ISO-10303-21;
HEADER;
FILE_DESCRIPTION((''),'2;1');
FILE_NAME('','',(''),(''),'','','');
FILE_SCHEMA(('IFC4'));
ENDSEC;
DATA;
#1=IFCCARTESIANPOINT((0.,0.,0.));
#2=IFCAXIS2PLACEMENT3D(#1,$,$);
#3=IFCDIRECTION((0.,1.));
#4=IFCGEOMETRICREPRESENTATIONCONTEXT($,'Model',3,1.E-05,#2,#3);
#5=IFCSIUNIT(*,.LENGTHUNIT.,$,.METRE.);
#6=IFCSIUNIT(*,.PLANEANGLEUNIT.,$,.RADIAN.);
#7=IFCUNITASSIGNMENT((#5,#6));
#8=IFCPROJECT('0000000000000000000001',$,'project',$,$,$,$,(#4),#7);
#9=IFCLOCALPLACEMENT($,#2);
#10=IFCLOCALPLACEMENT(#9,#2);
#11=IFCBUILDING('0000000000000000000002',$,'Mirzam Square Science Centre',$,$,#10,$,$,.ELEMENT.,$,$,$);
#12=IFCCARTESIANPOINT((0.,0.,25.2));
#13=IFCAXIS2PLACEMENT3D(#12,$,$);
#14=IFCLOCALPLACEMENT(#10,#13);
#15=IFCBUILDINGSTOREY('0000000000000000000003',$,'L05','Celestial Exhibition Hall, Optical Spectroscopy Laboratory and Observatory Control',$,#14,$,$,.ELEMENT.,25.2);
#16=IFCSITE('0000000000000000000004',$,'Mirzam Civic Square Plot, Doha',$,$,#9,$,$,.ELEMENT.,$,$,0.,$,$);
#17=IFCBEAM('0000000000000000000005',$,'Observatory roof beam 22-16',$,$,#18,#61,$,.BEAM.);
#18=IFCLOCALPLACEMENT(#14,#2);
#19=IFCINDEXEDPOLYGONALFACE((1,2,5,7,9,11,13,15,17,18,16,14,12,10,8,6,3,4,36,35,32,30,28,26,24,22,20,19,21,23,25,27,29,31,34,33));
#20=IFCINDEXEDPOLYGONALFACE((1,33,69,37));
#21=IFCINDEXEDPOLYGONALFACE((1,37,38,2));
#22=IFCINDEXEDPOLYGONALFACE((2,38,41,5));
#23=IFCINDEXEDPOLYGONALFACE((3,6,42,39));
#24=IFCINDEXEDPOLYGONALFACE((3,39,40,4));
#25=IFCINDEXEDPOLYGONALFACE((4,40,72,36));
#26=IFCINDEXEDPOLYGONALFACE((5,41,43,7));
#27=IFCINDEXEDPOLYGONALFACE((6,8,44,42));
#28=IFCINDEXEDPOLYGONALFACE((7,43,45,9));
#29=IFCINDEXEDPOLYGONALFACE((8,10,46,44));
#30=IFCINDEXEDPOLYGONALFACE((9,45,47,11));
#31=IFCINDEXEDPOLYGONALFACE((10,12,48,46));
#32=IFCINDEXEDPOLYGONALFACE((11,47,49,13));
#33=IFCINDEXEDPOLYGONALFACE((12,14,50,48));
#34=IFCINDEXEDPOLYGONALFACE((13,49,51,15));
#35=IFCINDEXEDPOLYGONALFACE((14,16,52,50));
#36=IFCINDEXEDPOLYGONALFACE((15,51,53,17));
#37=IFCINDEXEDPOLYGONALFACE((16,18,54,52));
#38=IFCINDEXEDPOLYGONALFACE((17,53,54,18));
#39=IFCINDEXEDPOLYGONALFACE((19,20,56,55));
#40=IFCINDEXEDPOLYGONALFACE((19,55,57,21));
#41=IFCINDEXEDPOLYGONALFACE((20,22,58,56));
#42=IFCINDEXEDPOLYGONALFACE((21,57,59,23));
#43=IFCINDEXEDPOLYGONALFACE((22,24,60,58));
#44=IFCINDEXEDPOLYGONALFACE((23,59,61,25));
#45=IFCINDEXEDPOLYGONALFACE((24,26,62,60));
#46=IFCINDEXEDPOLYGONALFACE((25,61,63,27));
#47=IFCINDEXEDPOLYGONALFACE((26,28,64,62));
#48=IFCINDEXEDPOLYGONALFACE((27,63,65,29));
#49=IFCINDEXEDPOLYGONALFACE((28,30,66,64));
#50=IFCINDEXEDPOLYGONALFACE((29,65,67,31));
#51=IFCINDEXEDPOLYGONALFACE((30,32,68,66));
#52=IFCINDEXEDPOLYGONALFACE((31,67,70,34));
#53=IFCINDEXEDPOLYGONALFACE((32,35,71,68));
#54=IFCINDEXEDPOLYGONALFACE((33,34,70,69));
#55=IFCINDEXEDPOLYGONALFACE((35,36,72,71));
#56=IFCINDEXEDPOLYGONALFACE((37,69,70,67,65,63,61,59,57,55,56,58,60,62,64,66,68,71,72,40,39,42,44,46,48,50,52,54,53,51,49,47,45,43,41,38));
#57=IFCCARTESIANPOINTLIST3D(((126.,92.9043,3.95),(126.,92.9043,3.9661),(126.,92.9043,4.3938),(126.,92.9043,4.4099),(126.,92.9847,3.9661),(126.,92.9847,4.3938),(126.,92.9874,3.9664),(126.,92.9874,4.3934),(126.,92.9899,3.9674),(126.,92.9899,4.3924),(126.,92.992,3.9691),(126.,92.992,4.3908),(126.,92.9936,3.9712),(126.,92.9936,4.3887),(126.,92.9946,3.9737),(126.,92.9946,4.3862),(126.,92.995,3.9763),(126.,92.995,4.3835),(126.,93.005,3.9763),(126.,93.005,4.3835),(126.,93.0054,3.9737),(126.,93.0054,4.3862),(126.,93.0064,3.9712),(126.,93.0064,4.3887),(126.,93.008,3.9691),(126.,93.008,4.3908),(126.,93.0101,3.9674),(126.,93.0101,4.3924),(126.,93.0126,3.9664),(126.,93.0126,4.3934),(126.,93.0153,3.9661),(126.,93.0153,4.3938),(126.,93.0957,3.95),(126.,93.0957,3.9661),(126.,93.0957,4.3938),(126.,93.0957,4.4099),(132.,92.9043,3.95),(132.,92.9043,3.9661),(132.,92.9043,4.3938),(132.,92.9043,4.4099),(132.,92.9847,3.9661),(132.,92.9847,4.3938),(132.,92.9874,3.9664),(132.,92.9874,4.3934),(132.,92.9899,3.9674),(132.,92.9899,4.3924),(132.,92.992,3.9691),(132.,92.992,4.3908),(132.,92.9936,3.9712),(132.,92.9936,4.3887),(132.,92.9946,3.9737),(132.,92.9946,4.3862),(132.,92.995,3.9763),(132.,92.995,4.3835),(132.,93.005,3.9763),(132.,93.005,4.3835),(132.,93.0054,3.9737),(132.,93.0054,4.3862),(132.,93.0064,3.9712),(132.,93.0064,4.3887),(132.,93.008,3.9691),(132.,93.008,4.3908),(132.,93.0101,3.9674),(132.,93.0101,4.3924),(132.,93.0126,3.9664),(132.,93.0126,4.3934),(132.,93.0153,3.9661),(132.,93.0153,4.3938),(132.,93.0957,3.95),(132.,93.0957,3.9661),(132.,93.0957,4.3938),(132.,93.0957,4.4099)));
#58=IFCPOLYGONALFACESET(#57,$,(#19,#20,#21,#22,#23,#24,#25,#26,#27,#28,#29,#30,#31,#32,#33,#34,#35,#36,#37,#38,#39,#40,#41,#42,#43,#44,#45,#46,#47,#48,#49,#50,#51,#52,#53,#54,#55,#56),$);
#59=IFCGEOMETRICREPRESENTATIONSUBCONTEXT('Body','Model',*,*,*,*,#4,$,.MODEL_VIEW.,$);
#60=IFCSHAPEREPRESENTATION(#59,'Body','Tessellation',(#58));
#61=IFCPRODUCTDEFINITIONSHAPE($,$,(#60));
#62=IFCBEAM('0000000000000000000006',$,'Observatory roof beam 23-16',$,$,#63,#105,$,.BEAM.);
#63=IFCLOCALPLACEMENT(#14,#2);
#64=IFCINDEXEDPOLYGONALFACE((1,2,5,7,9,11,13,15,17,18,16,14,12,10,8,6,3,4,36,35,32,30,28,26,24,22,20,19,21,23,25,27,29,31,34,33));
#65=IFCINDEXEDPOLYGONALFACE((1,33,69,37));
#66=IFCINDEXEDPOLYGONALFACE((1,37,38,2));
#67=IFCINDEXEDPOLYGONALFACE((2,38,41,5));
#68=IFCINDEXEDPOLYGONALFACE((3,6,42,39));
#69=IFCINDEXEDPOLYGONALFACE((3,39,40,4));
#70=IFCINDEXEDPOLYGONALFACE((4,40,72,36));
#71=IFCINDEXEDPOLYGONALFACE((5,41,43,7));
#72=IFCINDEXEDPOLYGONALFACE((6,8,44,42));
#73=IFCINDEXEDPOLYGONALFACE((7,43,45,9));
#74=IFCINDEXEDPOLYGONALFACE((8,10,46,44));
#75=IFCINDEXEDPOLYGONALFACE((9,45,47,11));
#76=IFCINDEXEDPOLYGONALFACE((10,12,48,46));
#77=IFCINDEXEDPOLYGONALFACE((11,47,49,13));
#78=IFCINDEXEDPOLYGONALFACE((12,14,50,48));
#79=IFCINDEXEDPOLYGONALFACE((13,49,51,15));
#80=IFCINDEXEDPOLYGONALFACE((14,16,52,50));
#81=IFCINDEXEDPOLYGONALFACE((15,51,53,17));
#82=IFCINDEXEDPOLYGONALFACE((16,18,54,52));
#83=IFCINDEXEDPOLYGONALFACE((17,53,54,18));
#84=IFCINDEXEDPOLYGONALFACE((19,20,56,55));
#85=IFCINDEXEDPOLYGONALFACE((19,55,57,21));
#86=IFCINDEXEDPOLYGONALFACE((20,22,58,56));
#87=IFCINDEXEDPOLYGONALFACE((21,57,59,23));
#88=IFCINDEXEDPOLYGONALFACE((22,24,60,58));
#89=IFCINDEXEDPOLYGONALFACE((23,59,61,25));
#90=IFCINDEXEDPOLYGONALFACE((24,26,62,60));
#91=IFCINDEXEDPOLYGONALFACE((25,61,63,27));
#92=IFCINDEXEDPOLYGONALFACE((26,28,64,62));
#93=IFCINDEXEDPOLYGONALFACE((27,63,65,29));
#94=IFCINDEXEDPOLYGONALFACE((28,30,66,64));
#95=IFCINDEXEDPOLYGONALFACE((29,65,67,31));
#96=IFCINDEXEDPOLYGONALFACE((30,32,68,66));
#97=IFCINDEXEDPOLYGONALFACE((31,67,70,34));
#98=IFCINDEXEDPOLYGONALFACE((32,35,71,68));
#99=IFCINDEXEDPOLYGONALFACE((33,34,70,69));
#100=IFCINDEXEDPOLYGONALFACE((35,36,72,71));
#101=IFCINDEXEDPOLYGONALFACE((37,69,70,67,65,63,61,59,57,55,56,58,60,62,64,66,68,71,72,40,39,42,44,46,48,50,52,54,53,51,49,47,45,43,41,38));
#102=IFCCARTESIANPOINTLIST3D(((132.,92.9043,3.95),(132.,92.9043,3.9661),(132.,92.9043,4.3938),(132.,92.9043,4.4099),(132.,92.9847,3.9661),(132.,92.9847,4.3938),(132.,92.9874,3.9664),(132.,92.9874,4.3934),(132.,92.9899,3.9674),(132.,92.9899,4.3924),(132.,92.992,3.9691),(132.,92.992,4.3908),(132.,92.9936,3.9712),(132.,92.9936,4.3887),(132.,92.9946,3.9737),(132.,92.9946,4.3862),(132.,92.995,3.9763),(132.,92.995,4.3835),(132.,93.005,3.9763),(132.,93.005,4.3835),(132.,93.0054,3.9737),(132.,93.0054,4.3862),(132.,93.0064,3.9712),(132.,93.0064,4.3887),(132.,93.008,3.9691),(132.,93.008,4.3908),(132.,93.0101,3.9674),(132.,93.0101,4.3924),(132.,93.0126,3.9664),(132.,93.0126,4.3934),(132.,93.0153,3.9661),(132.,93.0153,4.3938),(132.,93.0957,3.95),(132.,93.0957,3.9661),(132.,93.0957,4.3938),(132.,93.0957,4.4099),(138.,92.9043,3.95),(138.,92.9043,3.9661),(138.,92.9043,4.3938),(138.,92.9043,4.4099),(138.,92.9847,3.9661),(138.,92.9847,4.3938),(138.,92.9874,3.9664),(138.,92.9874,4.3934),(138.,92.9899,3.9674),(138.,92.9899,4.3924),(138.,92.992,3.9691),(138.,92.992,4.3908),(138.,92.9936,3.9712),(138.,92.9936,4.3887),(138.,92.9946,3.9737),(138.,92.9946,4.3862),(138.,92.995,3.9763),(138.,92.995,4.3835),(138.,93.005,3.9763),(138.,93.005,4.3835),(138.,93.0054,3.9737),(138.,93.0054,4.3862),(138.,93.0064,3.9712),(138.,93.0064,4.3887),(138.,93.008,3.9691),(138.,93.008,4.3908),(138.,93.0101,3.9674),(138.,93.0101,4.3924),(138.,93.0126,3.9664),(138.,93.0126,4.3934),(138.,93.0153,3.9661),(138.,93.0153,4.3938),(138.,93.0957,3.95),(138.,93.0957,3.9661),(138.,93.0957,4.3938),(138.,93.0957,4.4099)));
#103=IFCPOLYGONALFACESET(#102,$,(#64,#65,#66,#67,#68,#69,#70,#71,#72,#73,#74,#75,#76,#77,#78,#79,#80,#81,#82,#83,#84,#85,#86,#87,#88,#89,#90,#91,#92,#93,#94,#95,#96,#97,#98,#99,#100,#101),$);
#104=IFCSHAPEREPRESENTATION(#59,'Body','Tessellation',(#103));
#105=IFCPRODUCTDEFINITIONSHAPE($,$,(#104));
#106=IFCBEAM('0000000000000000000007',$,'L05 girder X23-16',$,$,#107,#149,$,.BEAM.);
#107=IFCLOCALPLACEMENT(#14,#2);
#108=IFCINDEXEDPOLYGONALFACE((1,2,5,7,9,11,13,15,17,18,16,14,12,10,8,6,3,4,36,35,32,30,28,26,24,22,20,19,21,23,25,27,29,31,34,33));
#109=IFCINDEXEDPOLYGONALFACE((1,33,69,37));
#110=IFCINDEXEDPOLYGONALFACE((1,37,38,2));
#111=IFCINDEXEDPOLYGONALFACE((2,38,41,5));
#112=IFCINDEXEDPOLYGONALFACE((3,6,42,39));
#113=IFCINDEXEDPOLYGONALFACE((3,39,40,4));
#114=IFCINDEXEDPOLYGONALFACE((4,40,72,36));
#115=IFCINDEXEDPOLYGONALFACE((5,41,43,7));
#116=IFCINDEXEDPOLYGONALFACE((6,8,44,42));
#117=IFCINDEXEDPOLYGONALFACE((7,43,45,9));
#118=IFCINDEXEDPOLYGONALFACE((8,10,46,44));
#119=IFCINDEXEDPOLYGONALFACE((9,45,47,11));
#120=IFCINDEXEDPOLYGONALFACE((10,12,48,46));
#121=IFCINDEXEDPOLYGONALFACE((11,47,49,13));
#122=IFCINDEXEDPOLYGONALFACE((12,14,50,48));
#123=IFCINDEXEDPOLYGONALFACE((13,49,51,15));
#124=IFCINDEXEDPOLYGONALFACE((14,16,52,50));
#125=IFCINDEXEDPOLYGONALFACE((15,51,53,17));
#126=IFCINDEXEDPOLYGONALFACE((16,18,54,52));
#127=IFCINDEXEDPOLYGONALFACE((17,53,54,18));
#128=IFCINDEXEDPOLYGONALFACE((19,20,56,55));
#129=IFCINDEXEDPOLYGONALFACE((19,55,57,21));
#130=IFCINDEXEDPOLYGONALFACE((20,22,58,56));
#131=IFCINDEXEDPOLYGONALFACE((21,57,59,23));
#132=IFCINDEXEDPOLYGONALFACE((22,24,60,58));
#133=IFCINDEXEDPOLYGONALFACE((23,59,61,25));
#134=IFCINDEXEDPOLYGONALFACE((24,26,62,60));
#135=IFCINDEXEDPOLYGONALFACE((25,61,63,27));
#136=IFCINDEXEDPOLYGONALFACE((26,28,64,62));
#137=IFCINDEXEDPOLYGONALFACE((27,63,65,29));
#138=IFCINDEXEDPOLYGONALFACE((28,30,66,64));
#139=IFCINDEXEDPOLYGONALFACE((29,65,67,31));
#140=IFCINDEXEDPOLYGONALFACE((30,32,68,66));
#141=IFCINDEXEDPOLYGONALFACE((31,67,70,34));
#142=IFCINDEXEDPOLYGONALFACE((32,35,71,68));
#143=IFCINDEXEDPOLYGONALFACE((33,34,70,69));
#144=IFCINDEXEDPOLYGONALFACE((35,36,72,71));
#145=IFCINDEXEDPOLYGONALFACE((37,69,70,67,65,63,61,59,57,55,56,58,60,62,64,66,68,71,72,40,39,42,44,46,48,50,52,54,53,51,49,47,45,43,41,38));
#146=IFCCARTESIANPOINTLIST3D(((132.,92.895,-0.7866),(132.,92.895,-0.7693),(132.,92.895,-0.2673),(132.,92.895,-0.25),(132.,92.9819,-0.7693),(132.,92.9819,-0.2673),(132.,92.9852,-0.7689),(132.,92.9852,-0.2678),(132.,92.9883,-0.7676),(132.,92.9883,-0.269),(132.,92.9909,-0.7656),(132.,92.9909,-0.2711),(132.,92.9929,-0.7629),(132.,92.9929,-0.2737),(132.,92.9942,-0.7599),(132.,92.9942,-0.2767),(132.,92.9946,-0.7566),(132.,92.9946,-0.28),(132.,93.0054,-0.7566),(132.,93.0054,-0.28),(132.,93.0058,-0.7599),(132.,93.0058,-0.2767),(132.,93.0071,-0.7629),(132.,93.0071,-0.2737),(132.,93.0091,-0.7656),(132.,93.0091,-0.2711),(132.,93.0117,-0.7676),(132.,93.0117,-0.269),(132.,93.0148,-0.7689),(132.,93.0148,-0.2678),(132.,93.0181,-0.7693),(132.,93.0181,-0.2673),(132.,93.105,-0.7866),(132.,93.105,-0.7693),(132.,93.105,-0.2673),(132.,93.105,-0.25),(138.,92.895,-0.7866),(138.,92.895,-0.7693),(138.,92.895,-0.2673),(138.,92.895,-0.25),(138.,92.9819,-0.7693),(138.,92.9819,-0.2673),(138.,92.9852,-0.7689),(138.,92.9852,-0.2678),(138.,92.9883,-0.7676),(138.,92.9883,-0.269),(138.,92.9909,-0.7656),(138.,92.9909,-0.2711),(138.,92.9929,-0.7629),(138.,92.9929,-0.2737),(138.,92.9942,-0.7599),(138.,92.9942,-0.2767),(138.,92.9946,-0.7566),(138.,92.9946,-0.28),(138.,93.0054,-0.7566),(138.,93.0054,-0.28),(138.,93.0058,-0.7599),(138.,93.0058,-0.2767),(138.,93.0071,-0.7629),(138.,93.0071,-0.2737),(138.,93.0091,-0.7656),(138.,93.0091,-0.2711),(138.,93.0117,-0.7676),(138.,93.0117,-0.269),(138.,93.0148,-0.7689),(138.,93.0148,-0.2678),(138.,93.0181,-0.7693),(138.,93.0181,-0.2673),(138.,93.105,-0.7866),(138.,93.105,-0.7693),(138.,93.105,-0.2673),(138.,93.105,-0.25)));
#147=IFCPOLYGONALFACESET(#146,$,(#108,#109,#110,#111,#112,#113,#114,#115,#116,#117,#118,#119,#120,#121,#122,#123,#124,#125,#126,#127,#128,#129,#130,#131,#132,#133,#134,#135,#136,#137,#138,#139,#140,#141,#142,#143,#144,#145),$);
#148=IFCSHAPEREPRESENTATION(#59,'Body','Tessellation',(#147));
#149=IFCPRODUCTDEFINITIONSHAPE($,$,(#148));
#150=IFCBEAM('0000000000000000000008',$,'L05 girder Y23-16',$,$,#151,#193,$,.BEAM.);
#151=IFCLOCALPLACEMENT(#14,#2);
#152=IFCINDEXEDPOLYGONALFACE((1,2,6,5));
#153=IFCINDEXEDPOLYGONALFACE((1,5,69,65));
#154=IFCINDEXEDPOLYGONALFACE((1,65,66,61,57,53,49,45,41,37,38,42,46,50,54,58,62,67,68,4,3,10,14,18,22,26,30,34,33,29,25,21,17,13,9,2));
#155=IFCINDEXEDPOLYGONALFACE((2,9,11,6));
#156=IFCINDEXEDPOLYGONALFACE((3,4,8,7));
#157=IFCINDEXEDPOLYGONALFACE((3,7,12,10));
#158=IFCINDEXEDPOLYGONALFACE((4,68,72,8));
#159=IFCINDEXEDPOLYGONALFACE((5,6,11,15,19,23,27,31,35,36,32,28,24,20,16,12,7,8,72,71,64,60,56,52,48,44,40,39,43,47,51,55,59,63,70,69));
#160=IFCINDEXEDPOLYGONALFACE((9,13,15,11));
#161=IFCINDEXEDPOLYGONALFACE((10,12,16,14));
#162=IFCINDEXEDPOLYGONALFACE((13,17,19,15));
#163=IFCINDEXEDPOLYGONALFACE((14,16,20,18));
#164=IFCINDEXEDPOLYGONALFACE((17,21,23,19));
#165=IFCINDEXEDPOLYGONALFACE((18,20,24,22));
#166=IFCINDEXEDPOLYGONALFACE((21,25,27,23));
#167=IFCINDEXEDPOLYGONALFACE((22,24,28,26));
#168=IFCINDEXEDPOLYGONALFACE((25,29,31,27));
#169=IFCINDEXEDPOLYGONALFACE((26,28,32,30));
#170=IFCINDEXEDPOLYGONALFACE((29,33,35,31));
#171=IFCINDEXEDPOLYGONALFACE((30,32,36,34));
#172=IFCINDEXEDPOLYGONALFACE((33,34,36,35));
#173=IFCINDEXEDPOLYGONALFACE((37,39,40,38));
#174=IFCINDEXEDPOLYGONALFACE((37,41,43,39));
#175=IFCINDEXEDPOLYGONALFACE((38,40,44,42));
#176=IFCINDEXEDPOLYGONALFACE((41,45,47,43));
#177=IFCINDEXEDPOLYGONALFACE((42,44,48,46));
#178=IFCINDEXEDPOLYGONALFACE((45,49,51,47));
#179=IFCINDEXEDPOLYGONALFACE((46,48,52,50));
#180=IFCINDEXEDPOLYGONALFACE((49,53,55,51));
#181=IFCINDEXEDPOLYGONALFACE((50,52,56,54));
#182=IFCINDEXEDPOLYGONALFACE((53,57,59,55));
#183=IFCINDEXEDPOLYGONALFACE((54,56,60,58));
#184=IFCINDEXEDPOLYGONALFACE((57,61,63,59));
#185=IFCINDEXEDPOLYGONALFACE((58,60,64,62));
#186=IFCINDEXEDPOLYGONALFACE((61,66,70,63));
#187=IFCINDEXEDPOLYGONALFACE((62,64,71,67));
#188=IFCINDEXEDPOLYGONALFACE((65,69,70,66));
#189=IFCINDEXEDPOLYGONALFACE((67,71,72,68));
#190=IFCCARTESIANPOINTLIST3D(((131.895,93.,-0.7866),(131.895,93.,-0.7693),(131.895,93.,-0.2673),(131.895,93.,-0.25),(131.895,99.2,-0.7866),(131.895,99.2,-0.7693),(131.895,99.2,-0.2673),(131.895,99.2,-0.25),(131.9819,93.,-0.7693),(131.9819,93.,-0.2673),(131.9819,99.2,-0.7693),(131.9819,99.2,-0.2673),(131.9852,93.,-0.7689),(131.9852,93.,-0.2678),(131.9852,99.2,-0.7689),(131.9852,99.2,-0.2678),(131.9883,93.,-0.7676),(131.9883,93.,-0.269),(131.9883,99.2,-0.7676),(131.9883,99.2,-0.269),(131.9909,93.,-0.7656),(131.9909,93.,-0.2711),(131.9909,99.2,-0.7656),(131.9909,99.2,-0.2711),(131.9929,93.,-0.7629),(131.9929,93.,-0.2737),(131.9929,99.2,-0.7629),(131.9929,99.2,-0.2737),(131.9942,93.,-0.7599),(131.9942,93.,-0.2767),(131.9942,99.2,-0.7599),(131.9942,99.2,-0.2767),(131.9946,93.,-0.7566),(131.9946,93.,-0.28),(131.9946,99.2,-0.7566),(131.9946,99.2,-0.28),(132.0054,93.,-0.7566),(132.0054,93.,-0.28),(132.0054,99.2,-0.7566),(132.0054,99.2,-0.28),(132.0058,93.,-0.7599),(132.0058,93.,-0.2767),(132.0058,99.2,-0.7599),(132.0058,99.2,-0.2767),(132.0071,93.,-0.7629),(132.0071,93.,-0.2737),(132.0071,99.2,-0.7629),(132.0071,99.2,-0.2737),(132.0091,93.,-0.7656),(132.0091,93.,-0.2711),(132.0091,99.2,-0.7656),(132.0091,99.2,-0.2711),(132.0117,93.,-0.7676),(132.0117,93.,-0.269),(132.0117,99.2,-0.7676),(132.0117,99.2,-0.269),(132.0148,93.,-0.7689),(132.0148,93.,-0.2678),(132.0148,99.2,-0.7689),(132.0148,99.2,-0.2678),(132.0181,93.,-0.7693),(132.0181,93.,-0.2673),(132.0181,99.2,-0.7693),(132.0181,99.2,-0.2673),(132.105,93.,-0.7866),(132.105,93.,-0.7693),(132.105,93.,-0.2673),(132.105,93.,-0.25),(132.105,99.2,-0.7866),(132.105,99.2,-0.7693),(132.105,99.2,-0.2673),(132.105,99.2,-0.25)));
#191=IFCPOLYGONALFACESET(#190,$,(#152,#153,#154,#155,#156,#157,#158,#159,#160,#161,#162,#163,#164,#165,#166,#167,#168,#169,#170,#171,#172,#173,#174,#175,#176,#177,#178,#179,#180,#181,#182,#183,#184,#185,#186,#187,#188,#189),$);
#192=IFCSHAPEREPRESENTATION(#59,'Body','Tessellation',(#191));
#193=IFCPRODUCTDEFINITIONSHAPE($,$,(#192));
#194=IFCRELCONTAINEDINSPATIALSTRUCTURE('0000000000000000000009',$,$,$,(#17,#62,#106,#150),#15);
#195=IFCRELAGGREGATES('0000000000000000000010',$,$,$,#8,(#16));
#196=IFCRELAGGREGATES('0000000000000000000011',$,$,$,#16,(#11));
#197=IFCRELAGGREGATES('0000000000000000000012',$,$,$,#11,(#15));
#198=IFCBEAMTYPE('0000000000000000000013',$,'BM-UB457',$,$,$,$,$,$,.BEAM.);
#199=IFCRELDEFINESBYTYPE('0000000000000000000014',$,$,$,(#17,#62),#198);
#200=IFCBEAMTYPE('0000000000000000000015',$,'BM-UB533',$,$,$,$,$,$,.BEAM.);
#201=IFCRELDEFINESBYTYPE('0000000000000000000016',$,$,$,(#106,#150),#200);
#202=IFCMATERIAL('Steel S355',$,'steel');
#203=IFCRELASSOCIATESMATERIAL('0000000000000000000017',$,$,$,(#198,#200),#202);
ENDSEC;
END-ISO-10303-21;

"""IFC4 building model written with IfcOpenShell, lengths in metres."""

from ifc_helpers import new_model, si_unit, direction, frame, origin, origin_2d, place, context, subcontext, project, spatial, i_section, extrude, material, material_profile, profile_set, type_object, element, save


model = new_model("IFC4")

# Units and contexts
model_context = context("Model", 3, precision=1e-05, world=origin(), true_north=direction((0.0, 1.0)))
body_context = subcontext(model_context, "Body", "Model", "MODEL_VIEW")
ifc_project = project(units=[si_unit("LENGTHUNIT", "METRE"), si_unit("PLANEANGLEUNIT", "RADIAN")], contexts=[model_context])

# Site, building, storey
site_placement = place(None, origin())
site = spatial("IfcSite", under=ifc_project, at=site_placement, Name="Mirzam Civic Square Plot, Doha", CompositionType="ELEMENT", RefElevation=0.0)
building_placement = place(site_placement, origin())
building = spatial("IfcBuilding", under=site, at=building_placement, Name="Mirzam Square Science Centre", CompositionType="ELEMENT")
storey_placement = place(building_placement, frame((0.0, 0.0, 25.2)))
storey = spatial("IfcBuildingStorey", under=building, at=storey_placement, Name="L05", Description="Celestial Exhibition Hall, Optical Spectroscopy Laboratory and Observatory Control", CompositionType="ELEMENT", Elevation=25.2)

# Shared definitions
ifc_material_1 = material(Name="Steel S355", Category="steel")

# Beams
ifc_material_profile_1 = material_profile(ifc_material_1, i_section(OverallWidth=0.1914, OverallDepth=0.46, WebThickness=0.01, FlangeThickness=0.0161, FilletRadius=0.0103, at=origin_2d()), Name="457x191x82UB")
ifc_profile_set_1 = profile_set([ifc_material_profile_1], Name="Steel S355")
beam_type_1 = type_object("IfcBeamType", Name="BM-UB457", PredefinedType="BEAM", material=ifc_profile_set_1)
for number, where, z_axis, x_axis, name in (
    (1, (126.0, 93.0, 4.1799), (1.0, 0.0, 0.0), (0.0, 1.0, 0.0), "Observatory roof beam 22-16"),
    (2, (132.0, 93.0, 4.1799), (1.0, 0.0, 0.0), (0.0, 1.0, 0.0), "Observatory roof beam 23-16"),
):
    element("IfcBeam", number, at=place(storey_placement, frame(where, z_axis=z_axis, x_axis=x_axis)), inside=storey, type_object=beam_type_1, Name=name, PredefinedType="BEAM", context=body_context, shape_type="SweptSolid", body=[
        extrude(i_section(OverallWidth=0.1914, OverallDepth=0.46, WebThickness=0.01, FlangeThickness=0.0161, FilletRadius=0.0103, at=origin_2d()), origin(), (0.0, 0.0, 1.0), 6.0),
    ])
ifc_material_profile_2 = material_profile(ifc_material_1, i_section(OverallWidth=0.21, OverallDepth=0.5366, WebThickness=0.0107, FlangeThickness=0.0173, FilletRadius=0.0127, at=origin_2d()), Name="533x210x101UB")
ifc_profile_set_2 = profile_set([ifc_material_profile_2], Name="Steel S355")
beam_type_2 = type_object("IfcBeamType", Name="BM-UB533", PredefinedType="BEAM", material=ifc_profile_set_2)
beam_1_placement = place(storey_placement, frame((132.0, 93.0, -0.5183), z_axis=(1.0, 0.0, 0.0), x_axis=(0.0, 1.0, 0.0)))
element("IfcBeam", 3, at=beam_1_placement, inside=storey, type_object=beam_type_2, Name="L05 girder X23-16", PredefinedType="BEAM", context=body_context, shape_type="SweptSolid", body=[
    extrude(i_section(OverallWidth=0.21, OverallDepth=0.5366, WebThickness=0.0107, FlangeThickness=0.0173, FilletRadius=0.0127, at=origin_2d()), origin(), (0.0, 0.0, 1.0), 6.0),
])
beam_2_placement = place(storey_placement, frame((132.0, 93.0, -0.5183), z_axis=(0.0, 1.0, 0.0), x_axis=(-1.0, 0.0, 0.0)))
element("IfcBeam", 4, at=beam_2_placement, inside=storey, type_object=beam_type_2, Name="L05 girder Y23-16", PredefinedType="BEAM", context=body_context, shape_type="SweptSolid", body=[
    extrude(i_section(OverallWidth=0.21, OverallDepth=0.5366, WebThickness=0.0107, FlangeThickness=0.0173, FilletRadius=0.0127, at=origin_2d()), origin(), (0.0, 0.0, 1.0), 6.2),
])

save(model, "model.ifc")
